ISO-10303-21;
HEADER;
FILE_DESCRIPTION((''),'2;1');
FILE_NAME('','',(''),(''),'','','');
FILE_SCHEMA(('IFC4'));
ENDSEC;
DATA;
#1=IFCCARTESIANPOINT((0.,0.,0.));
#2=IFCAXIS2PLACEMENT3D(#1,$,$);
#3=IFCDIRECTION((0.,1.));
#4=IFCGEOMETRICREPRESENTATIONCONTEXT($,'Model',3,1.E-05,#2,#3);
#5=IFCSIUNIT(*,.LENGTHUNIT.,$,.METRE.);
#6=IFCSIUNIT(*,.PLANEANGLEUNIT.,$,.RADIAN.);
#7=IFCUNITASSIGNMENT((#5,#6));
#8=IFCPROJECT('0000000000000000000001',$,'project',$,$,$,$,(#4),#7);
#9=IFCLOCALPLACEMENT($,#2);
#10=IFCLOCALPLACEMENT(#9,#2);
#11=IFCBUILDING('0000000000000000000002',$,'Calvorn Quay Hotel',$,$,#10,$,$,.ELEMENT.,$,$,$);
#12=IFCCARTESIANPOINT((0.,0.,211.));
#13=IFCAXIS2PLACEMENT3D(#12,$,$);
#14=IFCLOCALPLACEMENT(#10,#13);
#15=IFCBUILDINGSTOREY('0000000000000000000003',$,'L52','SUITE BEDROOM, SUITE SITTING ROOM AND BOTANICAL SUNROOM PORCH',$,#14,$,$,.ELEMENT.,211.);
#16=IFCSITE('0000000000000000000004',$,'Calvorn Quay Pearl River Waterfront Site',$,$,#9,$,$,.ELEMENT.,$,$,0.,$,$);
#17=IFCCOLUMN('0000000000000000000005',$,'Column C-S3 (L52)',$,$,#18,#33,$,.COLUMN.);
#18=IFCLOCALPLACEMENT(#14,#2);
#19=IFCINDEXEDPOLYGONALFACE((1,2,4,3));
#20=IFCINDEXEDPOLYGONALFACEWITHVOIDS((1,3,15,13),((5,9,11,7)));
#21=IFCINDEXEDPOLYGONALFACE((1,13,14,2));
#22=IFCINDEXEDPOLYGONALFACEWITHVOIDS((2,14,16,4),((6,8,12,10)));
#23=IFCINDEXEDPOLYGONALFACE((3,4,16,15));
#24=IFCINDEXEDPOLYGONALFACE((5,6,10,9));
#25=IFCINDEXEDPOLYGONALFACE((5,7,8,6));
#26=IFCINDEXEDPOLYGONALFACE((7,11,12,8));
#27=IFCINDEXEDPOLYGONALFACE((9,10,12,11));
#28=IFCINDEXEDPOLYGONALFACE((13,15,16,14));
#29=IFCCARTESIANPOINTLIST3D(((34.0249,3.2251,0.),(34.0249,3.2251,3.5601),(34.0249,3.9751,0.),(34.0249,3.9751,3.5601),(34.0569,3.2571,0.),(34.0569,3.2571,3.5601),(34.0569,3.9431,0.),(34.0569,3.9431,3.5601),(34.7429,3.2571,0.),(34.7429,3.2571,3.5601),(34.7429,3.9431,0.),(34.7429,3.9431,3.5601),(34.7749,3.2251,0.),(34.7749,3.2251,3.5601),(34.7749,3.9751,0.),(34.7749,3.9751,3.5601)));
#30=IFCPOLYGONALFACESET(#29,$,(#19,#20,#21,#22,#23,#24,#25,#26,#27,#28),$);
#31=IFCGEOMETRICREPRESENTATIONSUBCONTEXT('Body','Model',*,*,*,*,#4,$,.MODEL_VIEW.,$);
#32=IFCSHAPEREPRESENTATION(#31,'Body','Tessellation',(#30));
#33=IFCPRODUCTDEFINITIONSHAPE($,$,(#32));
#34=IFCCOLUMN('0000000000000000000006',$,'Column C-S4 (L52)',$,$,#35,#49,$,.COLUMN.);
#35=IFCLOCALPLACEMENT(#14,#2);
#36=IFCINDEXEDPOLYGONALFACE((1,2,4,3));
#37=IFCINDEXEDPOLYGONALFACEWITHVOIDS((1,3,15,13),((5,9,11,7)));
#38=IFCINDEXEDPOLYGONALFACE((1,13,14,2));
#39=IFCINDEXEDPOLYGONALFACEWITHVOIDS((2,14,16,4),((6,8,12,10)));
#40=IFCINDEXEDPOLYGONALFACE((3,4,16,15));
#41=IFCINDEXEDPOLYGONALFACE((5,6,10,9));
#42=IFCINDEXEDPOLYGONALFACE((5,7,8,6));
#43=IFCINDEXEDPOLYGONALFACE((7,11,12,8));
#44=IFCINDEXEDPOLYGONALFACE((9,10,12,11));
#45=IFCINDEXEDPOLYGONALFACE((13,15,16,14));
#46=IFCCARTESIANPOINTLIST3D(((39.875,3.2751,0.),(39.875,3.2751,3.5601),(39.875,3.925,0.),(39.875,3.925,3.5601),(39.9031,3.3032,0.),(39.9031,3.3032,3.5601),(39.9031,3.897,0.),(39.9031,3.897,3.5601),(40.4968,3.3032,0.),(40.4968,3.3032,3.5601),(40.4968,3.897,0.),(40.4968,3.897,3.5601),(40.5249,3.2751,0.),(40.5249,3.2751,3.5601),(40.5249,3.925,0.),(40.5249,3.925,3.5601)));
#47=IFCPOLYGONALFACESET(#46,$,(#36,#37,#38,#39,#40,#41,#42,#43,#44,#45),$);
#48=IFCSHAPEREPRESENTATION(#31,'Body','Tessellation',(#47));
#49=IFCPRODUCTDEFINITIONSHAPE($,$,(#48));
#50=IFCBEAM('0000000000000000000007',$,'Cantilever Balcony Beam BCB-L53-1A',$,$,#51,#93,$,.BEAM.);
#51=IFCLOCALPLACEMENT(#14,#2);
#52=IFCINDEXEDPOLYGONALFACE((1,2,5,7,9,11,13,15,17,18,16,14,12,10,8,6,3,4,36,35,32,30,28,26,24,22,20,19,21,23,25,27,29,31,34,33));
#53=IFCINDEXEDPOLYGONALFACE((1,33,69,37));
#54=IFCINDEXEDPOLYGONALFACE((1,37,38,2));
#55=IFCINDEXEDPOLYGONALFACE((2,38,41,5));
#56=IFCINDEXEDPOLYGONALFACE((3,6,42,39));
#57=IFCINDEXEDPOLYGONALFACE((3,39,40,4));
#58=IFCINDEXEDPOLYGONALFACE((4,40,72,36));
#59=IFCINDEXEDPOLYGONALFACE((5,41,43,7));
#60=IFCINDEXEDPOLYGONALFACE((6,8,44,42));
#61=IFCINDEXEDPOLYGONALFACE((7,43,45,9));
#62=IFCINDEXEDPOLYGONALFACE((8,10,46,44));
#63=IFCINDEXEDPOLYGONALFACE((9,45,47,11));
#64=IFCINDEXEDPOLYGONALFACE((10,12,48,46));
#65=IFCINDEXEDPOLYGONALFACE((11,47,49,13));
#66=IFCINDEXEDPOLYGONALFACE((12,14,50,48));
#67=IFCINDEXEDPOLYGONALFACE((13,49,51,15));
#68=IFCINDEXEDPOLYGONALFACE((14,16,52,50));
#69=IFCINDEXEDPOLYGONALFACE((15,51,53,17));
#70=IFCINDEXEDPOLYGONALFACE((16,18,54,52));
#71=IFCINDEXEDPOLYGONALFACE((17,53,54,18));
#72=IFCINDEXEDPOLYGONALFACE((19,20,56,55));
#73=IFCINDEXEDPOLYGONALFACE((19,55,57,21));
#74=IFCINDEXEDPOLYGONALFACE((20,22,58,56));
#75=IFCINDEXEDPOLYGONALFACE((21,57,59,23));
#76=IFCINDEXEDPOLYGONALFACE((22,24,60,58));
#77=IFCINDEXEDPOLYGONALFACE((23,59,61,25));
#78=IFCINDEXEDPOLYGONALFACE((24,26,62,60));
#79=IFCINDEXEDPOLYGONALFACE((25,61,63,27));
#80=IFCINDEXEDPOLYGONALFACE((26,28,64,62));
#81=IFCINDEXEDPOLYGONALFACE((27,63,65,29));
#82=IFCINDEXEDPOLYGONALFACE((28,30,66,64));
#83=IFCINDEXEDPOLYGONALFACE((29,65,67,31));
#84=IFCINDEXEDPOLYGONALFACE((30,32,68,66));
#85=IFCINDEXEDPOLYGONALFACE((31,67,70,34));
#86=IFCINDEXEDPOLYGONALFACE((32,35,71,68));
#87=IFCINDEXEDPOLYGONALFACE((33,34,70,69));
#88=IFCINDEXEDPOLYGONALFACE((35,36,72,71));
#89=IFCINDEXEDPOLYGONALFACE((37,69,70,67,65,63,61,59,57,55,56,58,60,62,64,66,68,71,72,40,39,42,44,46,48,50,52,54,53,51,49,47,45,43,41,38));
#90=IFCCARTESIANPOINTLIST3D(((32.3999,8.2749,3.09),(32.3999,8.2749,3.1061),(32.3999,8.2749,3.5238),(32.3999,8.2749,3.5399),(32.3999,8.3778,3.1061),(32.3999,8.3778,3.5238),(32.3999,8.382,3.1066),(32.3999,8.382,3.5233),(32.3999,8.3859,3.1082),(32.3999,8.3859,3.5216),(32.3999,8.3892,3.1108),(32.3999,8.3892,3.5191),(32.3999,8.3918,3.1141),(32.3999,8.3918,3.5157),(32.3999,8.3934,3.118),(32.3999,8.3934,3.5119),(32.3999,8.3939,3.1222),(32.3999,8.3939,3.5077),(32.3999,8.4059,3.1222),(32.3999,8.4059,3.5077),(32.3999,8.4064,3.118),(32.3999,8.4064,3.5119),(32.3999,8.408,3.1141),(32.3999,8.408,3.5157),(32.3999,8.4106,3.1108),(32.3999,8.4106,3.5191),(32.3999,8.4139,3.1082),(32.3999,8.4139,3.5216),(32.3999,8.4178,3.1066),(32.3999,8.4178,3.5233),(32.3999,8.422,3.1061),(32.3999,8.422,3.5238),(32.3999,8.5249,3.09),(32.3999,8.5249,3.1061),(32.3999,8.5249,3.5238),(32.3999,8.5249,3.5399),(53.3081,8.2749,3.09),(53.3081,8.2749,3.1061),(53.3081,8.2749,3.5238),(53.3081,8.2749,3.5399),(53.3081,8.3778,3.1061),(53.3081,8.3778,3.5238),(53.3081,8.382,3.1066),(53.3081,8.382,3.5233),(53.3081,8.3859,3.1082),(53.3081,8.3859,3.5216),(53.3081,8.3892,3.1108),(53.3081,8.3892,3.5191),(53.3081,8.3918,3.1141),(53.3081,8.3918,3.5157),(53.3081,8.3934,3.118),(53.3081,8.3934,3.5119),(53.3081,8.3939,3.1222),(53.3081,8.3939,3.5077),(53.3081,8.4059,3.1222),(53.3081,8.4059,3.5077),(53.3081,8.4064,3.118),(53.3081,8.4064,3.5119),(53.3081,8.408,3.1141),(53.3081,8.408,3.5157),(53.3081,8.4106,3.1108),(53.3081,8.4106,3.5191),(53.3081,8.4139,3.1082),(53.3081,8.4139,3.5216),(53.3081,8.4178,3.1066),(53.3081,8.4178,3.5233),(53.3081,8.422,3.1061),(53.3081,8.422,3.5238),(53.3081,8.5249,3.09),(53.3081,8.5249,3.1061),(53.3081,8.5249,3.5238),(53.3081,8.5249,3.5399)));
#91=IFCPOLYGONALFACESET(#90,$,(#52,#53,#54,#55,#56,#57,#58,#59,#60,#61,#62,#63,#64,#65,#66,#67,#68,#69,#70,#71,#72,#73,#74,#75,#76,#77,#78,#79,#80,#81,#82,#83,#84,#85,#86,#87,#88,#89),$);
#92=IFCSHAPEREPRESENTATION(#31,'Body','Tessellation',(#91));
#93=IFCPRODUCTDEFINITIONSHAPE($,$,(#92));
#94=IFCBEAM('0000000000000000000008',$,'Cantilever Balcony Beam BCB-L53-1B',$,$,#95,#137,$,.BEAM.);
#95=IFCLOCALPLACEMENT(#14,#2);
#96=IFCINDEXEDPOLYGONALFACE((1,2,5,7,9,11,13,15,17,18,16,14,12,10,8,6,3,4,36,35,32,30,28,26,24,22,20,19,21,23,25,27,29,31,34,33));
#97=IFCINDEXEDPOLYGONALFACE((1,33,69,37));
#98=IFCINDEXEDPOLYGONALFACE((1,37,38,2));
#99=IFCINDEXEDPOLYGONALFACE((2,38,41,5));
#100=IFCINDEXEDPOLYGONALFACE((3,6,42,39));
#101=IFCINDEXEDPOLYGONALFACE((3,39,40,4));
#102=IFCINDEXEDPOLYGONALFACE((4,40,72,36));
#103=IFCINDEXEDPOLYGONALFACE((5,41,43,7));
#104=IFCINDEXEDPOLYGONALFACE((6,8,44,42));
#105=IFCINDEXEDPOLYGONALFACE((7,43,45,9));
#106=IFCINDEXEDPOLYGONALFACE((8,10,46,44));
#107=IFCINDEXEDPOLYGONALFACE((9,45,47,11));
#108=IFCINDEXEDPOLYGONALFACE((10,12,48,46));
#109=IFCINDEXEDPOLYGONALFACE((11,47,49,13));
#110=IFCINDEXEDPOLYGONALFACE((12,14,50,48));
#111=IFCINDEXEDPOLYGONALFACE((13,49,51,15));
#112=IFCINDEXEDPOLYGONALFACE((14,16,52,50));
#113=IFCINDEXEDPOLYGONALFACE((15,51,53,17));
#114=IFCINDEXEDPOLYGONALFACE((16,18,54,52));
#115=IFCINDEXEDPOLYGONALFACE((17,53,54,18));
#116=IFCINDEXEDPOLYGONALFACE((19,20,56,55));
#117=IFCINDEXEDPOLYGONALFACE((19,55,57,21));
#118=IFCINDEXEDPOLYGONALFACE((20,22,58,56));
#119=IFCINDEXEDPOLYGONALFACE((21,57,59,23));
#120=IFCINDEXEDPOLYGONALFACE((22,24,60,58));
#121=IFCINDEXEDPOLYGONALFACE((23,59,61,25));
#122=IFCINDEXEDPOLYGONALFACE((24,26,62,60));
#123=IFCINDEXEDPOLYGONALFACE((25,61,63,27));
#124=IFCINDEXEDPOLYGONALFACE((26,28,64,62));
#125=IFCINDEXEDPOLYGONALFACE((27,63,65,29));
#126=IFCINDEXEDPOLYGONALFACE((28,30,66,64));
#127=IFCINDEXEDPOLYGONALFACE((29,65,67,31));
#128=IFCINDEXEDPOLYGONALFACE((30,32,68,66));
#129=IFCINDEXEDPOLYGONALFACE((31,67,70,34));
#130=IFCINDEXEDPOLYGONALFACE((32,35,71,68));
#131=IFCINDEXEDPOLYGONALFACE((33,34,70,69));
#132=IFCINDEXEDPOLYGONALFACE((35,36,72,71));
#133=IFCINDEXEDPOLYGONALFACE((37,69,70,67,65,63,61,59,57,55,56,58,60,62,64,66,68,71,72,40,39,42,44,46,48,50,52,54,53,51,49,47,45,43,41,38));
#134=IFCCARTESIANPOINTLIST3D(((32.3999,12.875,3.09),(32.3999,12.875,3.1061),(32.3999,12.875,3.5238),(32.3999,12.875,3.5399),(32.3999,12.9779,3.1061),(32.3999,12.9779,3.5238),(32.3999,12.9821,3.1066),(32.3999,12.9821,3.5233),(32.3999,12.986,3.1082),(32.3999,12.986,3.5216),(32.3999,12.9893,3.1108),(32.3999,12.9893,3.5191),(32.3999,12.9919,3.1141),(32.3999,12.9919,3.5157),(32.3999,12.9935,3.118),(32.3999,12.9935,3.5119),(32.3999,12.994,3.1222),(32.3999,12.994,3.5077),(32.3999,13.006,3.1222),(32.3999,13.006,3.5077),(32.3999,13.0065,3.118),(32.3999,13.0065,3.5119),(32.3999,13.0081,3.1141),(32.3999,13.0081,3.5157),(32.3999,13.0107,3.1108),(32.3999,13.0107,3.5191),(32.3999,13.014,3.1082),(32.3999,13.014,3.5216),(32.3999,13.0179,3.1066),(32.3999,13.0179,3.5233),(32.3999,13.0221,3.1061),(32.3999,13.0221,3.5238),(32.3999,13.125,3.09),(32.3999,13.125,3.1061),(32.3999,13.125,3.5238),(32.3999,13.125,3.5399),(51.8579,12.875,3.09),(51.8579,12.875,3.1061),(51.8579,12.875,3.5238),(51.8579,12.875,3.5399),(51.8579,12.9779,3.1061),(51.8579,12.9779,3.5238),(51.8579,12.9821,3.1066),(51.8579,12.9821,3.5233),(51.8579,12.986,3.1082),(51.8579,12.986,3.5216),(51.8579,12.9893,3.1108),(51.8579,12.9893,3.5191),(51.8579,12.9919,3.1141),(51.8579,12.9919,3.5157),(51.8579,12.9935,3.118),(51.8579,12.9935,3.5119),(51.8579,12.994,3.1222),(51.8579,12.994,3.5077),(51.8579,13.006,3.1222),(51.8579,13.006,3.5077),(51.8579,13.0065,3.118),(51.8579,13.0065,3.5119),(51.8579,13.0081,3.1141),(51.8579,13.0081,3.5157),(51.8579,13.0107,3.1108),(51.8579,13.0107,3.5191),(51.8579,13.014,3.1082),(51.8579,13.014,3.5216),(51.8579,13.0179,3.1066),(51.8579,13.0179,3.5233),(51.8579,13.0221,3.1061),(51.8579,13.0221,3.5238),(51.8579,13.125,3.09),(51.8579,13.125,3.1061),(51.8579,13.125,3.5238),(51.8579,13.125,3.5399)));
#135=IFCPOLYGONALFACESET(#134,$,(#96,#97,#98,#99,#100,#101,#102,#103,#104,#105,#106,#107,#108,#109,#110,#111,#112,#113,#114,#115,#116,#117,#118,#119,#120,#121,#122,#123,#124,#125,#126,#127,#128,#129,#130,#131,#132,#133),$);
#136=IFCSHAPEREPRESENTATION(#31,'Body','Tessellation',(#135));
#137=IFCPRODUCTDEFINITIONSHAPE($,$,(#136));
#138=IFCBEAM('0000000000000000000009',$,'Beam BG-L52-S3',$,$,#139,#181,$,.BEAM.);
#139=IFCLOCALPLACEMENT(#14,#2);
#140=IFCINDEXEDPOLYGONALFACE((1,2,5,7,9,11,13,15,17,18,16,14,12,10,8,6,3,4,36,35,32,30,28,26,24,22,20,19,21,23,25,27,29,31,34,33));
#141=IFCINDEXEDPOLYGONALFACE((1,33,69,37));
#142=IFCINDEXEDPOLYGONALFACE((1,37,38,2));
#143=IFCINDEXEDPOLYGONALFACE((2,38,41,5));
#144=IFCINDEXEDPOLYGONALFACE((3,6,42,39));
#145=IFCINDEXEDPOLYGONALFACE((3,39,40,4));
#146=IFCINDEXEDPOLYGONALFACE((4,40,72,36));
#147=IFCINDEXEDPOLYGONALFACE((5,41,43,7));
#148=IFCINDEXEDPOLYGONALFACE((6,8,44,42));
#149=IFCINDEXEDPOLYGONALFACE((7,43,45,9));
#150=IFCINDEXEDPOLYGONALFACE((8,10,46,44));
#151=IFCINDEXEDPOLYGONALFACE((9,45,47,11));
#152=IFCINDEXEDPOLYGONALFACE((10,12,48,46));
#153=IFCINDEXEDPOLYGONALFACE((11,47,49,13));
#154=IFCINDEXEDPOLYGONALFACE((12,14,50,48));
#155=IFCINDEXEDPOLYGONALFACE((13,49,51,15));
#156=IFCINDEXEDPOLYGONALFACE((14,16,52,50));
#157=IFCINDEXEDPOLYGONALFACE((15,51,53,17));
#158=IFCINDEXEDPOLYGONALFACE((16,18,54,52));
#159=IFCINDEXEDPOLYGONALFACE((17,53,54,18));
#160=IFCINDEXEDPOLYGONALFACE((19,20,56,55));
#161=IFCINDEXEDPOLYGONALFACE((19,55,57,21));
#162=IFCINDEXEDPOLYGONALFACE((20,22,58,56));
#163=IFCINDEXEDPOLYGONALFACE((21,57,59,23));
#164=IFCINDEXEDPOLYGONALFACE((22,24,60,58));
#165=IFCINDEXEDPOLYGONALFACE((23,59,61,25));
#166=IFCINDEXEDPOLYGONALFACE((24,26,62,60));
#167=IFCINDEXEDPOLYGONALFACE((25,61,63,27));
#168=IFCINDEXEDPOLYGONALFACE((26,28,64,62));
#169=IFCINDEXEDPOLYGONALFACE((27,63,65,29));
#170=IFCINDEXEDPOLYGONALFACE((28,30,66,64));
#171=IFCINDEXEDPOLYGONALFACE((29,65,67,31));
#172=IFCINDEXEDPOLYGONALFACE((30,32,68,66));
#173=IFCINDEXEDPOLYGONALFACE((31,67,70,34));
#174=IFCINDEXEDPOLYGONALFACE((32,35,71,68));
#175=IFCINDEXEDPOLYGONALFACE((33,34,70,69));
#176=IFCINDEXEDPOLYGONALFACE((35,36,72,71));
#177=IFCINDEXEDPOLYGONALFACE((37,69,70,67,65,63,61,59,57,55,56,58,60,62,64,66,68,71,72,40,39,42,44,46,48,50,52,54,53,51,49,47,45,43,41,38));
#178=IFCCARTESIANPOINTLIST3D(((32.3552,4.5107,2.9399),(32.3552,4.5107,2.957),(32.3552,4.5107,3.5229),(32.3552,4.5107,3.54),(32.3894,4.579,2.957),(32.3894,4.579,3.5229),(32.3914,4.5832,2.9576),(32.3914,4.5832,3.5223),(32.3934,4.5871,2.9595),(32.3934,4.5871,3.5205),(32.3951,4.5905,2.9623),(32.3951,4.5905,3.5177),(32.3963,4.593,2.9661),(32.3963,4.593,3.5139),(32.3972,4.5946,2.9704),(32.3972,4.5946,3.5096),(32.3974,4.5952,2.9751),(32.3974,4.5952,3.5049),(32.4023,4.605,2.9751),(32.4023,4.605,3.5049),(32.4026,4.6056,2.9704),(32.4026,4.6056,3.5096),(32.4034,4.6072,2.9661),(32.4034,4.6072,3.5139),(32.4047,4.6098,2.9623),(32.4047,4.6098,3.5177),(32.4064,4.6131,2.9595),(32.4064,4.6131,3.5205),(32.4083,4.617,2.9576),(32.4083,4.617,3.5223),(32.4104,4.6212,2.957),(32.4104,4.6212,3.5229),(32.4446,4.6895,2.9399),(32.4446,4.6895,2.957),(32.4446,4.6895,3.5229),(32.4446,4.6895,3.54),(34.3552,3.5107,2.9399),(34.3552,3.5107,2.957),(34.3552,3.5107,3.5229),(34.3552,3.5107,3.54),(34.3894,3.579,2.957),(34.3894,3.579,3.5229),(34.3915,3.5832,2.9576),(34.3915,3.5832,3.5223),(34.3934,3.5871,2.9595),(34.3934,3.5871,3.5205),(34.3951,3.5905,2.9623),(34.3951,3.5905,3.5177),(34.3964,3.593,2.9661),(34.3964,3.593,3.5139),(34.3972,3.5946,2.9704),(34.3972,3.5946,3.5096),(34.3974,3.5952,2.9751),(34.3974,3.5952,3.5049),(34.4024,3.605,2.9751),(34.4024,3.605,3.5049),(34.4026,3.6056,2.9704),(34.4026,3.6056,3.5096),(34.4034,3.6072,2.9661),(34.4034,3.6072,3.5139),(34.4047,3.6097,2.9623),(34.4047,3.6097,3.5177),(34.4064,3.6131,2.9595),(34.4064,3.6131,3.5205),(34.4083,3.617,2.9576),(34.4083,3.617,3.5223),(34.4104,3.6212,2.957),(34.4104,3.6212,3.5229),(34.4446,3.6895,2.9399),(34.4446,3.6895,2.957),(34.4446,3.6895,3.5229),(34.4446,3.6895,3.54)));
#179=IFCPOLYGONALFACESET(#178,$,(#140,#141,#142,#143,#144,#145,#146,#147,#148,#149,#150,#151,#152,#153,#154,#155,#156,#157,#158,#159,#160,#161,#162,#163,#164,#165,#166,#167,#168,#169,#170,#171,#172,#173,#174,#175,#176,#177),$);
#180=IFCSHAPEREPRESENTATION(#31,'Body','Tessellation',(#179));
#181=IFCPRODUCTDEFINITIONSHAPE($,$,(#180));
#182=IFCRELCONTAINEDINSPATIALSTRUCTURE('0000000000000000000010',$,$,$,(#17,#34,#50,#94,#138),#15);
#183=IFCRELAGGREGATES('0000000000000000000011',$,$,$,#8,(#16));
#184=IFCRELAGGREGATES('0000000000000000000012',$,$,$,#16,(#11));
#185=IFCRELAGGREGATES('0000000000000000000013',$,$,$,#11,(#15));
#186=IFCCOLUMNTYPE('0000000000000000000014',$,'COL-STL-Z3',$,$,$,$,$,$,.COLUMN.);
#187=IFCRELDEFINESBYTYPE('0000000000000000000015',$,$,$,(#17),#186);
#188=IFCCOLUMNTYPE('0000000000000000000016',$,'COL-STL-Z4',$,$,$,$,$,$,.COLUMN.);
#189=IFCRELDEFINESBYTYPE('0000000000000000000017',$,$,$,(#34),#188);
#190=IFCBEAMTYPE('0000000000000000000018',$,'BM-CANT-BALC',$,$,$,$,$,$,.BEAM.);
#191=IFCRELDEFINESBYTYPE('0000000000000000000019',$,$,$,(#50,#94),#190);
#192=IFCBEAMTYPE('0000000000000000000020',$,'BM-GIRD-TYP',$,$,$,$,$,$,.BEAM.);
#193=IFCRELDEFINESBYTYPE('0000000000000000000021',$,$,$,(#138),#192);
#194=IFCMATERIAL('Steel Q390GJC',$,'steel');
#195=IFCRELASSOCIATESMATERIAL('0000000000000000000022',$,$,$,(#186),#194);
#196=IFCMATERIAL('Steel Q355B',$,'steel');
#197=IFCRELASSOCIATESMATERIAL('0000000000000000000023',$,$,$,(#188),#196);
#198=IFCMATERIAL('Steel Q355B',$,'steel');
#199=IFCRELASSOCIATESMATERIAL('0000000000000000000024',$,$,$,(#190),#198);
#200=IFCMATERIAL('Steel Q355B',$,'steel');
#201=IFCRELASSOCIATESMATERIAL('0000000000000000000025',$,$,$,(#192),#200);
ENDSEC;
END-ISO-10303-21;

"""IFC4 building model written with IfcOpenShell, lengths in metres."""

from ifc_helpers import new_model, si_unit, direction, frame, origin, origin_2d, place, context, subcontext, project, spatial, hollow_rectangle, i_section, extrude, material, material_profile, profile_set, type_object, element, save


model = new_model("IFC4")

# Units and contexts
model_context = context("Model", 3, precision=1e-05, world=origin(), true_north=direction((0.0, 1.0)))
body_context = subcontext(model_context, "Body", "Model", "MODEL_VIEW")
ifc_project = project(units=[si_unit("LENGTHUNIT", "METRE"), si_unit("PLANEANGLEUNIT", "RADIAN")], contexts=[model_context])

# Site, building, storey
site_placement = place(None, origin())
site = spatial("IfcSite", under=ifc_project, at=site_placement, Name="Calvorn Quay Pearl River Waterfront Site", CompositionType="ELEMENT", RefElevation=0.0)
building_placement = place(site_placement, origin())
building = spatial("IfcBuilding", under=site, at=building_placement, Name="Calvorn Quay Hotel", CompositionType="ELEMENT")
storey_placement = place(building_placement, frame((0.0, 0.0, 211.0)))
storey = spatial("IfcBuildingStorey", under=building, at=storey_placement, Name="L52", Description="SUITE BEDROOM, SUITE SITTING ROOM AND BOTANICAL SUNROOM PORCH", CompositionType="ELEMENT", Elevation=211.0)

# Columns
ifc_material_1 = material(Name="Steel Q390GJC", Category="steel")
ifc_material_profile_1 = material_profile(ifc_material_1, hollow_rectangle(XDim=0.75, YDim=0.75, WallThickness=0.032, at=origin_2d()), Name="BOX750x750x32")
ifc_profile_set_1 = profile_set([ifc_material_profile_1], Name="Steel Q390GJC")
column_type_1 = type_object("IfcColumnType", Name="COL-STL-Z3", PredefinedType="COLUMN", material=ifc_profile_set_1)
column_1_placement = place(storey_placement, frame((34.3999, 3.6001, 0.0), z_axis=(0.0, 0.0, 1.0), x_axis=(1.0, 0.0, 0.0)))
element("IfcColumn", 1, at=column_1_placement, inside=storey, type_object=column_type_1, Name="Column C-S3 (L52)", PredefinedType="COLUMN", context=body_context, shape_type="SweptSolid", body=[
    extrude(hollow_rectangle(XDim=0.75, YDim=0.75, WallThickness=0.032, at=origin_2d()), origin(), (0.0, 0.0, 1.0), 3.5601),
])
ifc_material_2 = material(Name="Steel Q355B", Category="steel")
ifc_material_profile_2 = material_profile(ifc_material_2, hollow_rectangle(XDim=0.6499, YDim=0.6499, WallThickness=0.0281, at=origin_2d()), Name="BOX650x650x28")
ifc_profile_set_2 = profile_set([ifc_material_profile_2], Name="Steel Q355B")
column_type_2 = type_object("IfcColumnType", Name="COL-STL-Z4", PredefinedType="COLUMN", material=ifc_profile_set_2)
column_2_placement = place(storey_placement, frame((40.2, 3.6001, 0.0), z_axis=(0.0, 0.0, 1.0), x_axis=(1.0, 0.0, 0.0)))
element("IfcColumn", 2, at=column_2_placement, inside=storey, type_object=column_type_2, Name="Column C-S4 (L52)", PredefinedType="COLUMN", context=body_context, shape_type="SweptSolid", body=[
    extrude(hollow_rectangle(XDim=0.6499, YDim=0.6499, WallThickness=0.0281, at=origin_2d()), origin(), (0.0, 0.0, 1.0), 3.5601),
])

# Beams
ifc_material_3 = material(Name="Steel Q355B", Category="steel")
ifc_material_profile_3 = material_profile(ifc_material_3, i_section(OverallWidth=0.25, OverallDepth=0.45, WebThickness=0.012, FlangeThickness=0.0161, FilletRadius=0.0161, at=origin_2d()), Name="HN450x250x12x16")
ifc_profile_set_3 = profile_set([ifc_material_profile_3], Name="Steel Q355B")
beam_type_1 = type_object("IfcBeamType", Name="BM-CANT-BALC", PredefinedType="BEAM", material=ifc_profile_set_3)
beam_1_placement = place(storey_placement, frame((32.3999, 8.3999, 3.3149), z_axis=(1.0, 0.0, 0.0), x_axis=(0.0, 1.0, 0.0)))
element("IfcBeam", 3, at=beam_1_placement, inside=storey, type_object=beam_type_1, Name="Cantilever Balcony Beam BCB-L53-1A", PredefinedType="BEAM", context=body_context, shape_type="SweptSolid", body=[
    extrude(i_section(OverallWidth=0.25, OverallDepth=0.45, WebThickness=0.012, FlangeThickness=0.0161, FilletRadius=0.0161, at=origin_2d()), origin(), (0.0, 0.0, 1.0), 20.9082),
])
beam_2_placement = place(storey_placement, frame((32.3999, 13.0, 3.3149), z_axis=(1.0, 0.0, 0.0), x_axis=(0.0, 1.0, 0.0)))
element("IfcBeam", 4, at=beam_2_placement, inside=storey, type_object=beam_type_1, Name="Cantilever Balcony Beam BCB-L53-1B", PredefinedType="BEAM", context=body_context, shape_type="SweptSolid", body=[
    extrude(i_section(OverallWidth=0.25, OverallDepth=0.45, WebThickness=0.012, FlangeThickness=0.0161, FilletRadius=0.0161, at=origin_2d()), origin(), (0.0, 0.0, 1.0), 19.458),
])
ifc_material_4 = material(Name="Steel Q355B", Category="steel")
ifc_material_profile_4 = material_profile(ifc_material_4, i_section(OverallWidth=0.2, OverallDepth=0.6001, WebThickness=0.011, FlangeThickness=0.0171, FilletRadius=0.0181, at=origin_2d()), Name="HN600x200x11x17")
ifc_profile_set_4 = profile_set([ifc_material_profile_4], Name="Steel Q355B")
beam_type_2 = type_object("IfcBeamType", Name="BM-GIRD-TYP", PredefinedType="BEAM", material=ifc_profile_set_4)
beam_3_placement = place(storey_placement, frame((34.3999, 3.6001, 3.24), z_axis=(-0.894427, 0.447214, 0.0), x_axis=(-0.447214, -0.894427, 0.0)))
element("IfcBeam", 5, at=beam_3_placement, inside=storey, type_object=beam_type_2, Name="Beam BG-L52-S3", PredefinedType="BEAM", context=body_context, shape_type="SweptSolid", body=[
    extrude(i_section(OverallWidth=0.2, OverallDepth=0.6001, WebThickness=0.011, FlangeThickness=0.0171, FilletRadius=0.0181, at=origin_2d()), origin(), (0.0, 0.0, 1.0), 2.2361),
])

save(model, "model.ifc")
